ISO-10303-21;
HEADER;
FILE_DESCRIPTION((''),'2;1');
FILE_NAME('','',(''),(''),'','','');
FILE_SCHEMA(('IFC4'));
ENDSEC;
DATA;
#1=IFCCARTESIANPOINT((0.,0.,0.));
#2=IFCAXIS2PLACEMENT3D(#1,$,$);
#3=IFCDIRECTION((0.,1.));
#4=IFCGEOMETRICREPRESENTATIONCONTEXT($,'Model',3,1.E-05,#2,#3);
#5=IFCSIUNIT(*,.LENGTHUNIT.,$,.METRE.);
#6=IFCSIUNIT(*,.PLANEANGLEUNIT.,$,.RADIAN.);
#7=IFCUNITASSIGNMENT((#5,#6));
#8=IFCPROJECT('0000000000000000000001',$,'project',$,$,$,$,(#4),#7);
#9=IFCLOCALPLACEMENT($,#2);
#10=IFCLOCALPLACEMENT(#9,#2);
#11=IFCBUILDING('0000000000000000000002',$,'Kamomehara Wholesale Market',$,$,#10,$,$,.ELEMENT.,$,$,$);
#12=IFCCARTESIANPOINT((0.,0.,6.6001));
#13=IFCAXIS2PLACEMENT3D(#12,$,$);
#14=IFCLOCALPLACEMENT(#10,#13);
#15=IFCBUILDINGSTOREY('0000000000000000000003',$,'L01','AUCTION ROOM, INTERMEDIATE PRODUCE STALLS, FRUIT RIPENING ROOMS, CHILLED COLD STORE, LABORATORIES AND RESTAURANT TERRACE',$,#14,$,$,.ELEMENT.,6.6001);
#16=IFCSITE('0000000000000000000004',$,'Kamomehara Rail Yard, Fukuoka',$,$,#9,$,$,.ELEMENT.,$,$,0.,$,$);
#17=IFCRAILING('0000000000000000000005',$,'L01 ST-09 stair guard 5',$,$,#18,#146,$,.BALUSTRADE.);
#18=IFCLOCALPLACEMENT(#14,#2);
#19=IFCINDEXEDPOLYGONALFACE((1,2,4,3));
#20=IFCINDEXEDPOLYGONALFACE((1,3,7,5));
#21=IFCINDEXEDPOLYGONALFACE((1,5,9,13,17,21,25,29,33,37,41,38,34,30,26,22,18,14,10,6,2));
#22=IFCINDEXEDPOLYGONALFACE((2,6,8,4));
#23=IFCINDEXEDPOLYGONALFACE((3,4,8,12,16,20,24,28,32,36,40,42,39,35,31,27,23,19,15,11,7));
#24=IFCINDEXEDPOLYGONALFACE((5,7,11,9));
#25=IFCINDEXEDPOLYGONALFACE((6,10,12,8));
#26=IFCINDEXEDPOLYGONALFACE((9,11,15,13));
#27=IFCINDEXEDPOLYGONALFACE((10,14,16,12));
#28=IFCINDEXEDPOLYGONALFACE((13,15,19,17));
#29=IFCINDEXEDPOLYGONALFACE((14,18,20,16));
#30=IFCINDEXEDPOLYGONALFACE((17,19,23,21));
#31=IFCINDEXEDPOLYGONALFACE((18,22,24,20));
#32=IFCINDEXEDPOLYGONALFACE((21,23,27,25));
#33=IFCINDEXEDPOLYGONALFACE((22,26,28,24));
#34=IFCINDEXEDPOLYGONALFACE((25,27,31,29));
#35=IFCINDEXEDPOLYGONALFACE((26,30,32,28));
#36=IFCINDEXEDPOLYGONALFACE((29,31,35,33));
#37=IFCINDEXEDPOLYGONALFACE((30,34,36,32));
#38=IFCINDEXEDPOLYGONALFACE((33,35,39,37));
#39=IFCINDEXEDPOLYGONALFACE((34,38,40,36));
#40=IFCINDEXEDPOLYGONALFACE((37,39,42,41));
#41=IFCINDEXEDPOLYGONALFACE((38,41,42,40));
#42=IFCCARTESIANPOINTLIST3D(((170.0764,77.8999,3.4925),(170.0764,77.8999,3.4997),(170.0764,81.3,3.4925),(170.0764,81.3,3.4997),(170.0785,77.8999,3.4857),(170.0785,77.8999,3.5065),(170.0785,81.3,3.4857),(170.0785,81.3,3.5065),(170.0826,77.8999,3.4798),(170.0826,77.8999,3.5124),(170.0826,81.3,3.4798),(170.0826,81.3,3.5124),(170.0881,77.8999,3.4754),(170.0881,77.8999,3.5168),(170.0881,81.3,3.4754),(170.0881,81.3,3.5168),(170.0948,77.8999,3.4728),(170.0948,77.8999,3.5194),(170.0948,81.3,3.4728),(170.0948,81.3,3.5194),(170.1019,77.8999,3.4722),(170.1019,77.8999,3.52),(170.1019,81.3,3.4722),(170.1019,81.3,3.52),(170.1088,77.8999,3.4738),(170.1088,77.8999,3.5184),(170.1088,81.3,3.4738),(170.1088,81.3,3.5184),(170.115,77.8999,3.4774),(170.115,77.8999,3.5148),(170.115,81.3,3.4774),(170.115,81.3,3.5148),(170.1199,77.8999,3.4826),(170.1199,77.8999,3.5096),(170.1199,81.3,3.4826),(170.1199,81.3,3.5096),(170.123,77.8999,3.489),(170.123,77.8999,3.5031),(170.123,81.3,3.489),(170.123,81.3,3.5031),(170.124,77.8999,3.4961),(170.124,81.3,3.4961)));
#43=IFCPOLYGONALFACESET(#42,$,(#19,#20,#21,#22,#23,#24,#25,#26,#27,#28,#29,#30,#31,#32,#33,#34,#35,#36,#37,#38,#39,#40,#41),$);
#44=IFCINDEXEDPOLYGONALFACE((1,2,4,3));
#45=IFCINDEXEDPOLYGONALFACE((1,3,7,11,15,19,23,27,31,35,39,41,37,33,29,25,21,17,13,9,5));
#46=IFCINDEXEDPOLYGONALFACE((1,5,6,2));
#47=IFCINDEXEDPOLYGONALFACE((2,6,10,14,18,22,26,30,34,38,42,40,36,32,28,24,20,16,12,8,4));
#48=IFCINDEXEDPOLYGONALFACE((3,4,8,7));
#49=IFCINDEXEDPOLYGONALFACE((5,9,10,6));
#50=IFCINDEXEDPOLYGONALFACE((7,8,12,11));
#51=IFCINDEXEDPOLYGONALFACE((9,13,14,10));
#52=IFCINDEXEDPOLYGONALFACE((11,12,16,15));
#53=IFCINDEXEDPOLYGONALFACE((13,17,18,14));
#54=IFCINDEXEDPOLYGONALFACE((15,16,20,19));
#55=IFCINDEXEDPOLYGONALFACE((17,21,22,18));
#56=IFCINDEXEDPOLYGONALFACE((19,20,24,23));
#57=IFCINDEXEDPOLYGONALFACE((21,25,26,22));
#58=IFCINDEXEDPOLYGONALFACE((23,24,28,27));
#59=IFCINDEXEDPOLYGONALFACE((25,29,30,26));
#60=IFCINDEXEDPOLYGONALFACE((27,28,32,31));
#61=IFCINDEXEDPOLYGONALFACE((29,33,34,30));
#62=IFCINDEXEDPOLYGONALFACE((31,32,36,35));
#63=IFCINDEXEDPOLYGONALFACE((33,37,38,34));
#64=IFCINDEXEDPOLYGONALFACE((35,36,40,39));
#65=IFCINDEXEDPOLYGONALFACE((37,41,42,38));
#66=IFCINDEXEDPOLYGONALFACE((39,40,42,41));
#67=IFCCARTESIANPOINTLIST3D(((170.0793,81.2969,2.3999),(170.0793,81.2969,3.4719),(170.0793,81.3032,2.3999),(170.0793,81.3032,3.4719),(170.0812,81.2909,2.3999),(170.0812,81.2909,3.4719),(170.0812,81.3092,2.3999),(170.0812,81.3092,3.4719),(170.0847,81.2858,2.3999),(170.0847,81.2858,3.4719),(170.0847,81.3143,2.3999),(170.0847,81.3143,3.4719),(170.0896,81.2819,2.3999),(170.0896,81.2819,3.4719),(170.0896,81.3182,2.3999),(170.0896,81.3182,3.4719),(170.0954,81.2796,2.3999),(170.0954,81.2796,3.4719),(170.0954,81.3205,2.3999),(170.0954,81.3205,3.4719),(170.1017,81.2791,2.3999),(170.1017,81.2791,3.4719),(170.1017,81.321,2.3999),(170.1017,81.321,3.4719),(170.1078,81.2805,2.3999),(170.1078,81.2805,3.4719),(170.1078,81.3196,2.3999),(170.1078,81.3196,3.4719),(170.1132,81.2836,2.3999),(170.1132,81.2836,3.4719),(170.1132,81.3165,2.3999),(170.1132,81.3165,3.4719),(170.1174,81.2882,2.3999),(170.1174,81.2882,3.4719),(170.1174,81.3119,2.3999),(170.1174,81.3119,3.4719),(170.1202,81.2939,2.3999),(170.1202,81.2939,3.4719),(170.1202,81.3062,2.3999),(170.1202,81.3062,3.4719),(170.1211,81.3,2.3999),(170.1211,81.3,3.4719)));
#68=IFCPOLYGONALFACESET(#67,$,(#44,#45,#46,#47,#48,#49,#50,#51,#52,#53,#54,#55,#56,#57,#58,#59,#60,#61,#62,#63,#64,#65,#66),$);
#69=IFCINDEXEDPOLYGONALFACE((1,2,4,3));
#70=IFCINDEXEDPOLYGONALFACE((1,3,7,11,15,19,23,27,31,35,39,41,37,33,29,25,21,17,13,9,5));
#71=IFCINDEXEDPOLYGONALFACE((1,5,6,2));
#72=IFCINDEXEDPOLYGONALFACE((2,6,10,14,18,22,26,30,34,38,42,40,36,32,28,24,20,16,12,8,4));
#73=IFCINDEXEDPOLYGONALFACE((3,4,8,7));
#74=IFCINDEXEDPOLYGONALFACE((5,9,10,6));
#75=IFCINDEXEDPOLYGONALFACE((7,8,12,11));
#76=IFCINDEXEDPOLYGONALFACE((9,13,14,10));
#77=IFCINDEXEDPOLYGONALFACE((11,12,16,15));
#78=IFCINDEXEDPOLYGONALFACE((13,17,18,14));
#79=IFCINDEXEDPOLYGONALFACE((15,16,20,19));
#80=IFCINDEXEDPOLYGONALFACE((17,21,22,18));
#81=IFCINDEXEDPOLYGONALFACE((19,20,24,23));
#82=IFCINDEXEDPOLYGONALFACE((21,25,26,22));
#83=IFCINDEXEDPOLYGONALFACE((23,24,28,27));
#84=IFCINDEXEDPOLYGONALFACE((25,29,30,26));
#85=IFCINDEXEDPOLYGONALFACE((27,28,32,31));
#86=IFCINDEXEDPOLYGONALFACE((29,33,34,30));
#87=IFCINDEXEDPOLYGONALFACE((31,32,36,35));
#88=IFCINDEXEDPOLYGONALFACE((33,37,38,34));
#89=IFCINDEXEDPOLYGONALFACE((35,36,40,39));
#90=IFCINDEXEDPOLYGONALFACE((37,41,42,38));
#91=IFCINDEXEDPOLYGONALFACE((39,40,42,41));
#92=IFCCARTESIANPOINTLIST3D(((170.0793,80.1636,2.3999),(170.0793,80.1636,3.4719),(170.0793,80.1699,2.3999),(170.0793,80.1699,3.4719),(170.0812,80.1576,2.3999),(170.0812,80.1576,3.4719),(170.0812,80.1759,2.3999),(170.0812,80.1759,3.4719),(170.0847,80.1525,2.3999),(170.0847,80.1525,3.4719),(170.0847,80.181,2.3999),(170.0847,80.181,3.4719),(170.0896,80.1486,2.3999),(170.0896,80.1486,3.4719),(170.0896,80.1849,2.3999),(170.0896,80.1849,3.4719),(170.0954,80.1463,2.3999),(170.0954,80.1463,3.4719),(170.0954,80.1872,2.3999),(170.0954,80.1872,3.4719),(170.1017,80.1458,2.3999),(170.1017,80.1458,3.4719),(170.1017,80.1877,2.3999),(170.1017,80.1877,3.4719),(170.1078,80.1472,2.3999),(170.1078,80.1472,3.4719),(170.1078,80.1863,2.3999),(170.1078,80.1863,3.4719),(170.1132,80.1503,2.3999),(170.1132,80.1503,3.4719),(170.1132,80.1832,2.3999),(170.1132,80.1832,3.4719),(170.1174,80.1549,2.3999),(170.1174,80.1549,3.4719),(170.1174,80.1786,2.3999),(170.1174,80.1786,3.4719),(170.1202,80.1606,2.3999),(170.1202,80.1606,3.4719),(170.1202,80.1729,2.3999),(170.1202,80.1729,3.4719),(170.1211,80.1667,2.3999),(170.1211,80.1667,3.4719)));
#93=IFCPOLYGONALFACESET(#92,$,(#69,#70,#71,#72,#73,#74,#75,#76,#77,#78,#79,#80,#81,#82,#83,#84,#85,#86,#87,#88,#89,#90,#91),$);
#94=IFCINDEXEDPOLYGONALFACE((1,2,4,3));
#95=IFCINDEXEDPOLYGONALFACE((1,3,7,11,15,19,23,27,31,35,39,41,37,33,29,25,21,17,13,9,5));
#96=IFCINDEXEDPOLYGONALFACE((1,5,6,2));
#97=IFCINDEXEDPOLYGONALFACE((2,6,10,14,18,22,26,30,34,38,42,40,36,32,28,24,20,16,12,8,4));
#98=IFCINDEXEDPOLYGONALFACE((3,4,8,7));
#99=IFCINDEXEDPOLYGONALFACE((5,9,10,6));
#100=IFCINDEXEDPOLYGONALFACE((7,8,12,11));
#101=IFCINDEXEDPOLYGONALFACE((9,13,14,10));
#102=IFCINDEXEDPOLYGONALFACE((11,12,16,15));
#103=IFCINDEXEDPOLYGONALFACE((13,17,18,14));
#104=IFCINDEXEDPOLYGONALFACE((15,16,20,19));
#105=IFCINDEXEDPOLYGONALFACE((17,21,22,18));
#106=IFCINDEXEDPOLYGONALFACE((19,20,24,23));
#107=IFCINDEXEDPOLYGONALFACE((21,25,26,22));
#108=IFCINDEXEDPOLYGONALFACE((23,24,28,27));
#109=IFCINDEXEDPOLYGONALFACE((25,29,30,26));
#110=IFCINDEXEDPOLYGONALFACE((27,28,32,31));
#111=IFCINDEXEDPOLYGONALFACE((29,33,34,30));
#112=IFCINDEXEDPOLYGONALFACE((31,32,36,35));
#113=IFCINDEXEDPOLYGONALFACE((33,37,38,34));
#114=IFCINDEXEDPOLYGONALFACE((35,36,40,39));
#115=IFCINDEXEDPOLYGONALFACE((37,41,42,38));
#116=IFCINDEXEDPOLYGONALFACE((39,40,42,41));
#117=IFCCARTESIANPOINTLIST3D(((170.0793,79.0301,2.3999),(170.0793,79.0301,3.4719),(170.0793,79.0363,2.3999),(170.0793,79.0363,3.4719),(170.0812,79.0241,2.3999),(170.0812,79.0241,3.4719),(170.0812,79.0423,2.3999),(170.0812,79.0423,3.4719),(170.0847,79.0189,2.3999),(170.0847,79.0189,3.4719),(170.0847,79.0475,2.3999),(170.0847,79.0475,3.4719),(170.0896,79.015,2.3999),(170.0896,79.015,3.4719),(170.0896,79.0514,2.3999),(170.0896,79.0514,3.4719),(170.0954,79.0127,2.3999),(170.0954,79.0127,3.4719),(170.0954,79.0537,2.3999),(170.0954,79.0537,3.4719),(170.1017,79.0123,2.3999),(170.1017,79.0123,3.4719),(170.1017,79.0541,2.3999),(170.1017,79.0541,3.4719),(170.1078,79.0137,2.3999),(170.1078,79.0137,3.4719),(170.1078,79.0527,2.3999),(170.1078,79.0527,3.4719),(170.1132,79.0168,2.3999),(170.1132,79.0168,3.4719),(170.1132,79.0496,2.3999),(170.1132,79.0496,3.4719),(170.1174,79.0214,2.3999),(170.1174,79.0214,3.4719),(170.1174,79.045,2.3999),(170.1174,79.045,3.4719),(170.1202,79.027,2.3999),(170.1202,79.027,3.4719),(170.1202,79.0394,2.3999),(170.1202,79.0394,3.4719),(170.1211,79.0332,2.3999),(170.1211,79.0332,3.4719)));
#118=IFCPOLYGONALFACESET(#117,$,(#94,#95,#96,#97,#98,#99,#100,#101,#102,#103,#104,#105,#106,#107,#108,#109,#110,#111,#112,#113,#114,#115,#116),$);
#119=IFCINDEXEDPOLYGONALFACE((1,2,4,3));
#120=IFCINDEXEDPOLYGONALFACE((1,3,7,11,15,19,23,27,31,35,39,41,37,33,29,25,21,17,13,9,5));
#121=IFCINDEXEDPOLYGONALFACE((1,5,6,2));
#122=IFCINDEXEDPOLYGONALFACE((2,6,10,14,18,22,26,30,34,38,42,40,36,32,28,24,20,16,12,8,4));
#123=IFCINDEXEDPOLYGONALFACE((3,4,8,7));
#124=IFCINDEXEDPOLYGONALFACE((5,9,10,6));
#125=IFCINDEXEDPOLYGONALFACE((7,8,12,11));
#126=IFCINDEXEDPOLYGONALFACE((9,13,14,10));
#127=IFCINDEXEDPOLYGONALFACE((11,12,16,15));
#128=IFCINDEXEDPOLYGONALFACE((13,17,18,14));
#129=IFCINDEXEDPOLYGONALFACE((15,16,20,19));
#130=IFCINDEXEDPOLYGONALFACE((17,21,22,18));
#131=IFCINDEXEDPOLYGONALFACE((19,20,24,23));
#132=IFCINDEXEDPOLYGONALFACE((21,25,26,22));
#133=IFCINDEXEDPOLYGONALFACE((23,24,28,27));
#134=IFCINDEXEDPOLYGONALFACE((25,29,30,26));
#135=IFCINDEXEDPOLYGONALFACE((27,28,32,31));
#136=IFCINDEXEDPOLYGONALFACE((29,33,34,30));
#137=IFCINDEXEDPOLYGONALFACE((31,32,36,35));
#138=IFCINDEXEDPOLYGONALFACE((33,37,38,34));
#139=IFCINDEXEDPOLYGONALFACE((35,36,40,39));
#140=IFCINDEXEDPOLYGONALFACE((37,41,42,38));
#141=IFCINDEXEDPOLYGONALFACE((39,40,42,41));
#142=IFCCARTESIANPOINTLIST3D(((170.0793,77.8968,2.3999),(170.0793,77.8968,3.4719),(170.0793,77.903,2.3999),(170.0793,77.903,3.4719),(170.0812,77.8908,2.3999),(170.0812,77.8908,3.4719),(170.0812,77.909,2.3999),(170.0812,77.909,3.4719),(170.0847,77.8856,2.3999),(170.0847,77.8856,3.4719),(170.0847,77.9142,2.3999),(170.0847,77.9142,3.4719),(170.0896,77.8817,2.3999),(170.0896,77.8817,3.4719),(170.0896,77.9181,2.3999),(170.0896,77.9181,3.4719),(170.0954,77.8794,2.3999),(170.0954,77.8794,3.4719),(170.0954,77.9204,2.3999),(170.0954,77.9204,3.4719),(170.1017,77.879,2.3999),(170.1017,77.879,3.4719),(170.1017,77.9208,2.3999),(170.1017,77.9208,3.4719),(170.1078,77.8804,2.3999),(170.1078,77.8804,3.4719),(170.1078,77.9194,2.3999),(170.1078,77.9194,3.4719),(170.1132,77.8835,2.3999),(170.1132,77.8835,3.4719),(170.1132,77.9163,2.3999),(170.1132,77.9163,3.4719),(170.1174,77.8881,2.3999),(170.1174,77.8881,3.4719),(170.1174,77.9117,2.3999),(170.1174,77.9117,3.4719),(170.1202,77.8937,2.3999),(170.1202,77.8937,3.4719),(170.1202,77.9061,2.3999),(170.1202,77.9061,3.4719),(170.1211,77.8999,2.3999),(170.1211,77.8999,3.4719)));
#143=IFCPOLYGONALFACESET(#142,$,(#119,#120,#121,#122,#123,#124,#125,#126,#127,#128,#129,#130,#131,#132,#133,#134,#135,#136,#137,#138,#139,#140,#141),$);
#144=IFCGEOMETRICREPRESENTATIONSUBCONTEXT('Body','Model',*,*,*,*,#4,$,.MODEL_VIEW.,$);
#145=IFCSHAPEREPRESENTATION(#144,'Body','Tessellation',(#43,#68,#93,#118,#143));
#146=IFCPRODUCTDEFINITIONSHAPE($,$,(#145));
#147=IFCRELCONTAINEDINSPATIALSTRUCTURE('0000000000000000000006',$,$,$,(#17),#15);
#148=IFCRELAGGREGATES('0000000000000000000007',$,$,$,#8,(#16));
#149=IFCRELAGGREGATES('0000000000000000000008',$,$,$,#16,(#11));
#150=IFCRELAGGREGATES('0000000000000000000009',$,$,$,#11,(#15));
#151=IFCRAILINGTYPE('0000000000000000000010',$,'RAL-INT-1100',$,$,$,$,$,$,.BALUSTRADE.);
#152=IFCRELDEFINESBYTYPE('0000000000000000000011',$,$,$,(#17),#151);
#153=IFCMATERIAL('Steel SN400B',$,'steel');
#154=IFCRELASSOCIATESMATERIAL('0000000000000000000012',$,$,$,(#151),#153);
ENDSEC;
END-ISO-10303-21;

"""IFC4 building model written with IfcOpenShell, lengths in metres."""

from ifc_helpers import new_model, si_unit, direction, frame, origin, origin_2d, place, context, subcontext, project, spatial, circle, extrude, material, type_object, element, save


model = new_model("IFC4")

# Units and contexts
model_context = context("Model", 3, precision=1e-05, world=origin(), true_north=direction((0.0, 1.0)))
body_context = subcontext(model_context, "Body", "Model", "MODEL_VIEW")
ifc_project = project(units=[si_unit("LENGTHUNIT", "METRE"), si_unit("PLANEANGLEUNIT", "RADIAN")], contexts=[model_context])

# Site, building, storey
site_placement = place(None, origin())
site = spatial("IfcSite", under=ifc_project, at=site_placement, Name="Kamomehara Rail Yard, Fukuoka", CompositionType="ELEMENT", RefElevation=0.0)
building_placement = place(site_placement, origin())
building = spatial("IfcBuilding", under=site, at=building_placement, Name="Kamomehara Wholesale Market", CompositionType="ELEMENT")
storey_placement = place(building_placement, frame((0.0, 0.0, 6.6001)))
storey = spatial("IfcBuildingStorey", under=building, at=storey_placement, Name="L01", Description="AUCTION ROOM, INTERMEDIATE PRODUCE STALLS, FRUIT RIPENING ROOMS, CHILLED COLD STORE, LABORATORIES AND RESTAURANT TERRACE", CompositionType="ELEMENT", Elevation=6.6001)

# Railing
ifc_material_1 = material(Name="Steel SN400B", Category="steel")
railing_type_1 = type_object("IfcRailingType", Name="RAL-INT-1100", PredefinedType="BALUSTRADE", material=ifc_material_1)
railing_1_placement = place(storey_placement, frame((170.1001, 81.3, 2.3999)))
element("IfcRailing", 1, at=railing_1_placement, inside=storey, type_object=railing_type_1, Name="L01 ST-09 stair guard 5", PredefinedType="BALUSTRADE", context=body_context, shape_type="SweptSolid", body=[
    extrude(circle(Radius=0.0239, at=origin_2d()), frame((0.0, 0.0, 1.0962), z_axis=(0.0, -1.0, 0.0), x_axis=(1.0, 0.0, 0.0)), (0.0, 0.0, 1.0), 3.4001),
    extrude(circle(Radius=0.021, at=origin_2d()), origin(), (0.0, 0.0, 1.0), 1.072),
    extrude(circle(Radius=0.021, at=origin_2d()), frame((0.0, -1.1333, 0.0)), (0.0, 0.0, 1.0), 1.072),
    extrude(circle(Radius=0.021, at=origin_2d()), frame((0.0, -2.2668, 0.0)), (0.0, 0.0, 1.0), 1.072),
    extrude(circle(Radius=0.021, at=origin_2d()), frame((0.0, -3.4001, 0.0)), (0.0, 0.0, 1.0), 1.072),
])

save(model, "model.ifc")
